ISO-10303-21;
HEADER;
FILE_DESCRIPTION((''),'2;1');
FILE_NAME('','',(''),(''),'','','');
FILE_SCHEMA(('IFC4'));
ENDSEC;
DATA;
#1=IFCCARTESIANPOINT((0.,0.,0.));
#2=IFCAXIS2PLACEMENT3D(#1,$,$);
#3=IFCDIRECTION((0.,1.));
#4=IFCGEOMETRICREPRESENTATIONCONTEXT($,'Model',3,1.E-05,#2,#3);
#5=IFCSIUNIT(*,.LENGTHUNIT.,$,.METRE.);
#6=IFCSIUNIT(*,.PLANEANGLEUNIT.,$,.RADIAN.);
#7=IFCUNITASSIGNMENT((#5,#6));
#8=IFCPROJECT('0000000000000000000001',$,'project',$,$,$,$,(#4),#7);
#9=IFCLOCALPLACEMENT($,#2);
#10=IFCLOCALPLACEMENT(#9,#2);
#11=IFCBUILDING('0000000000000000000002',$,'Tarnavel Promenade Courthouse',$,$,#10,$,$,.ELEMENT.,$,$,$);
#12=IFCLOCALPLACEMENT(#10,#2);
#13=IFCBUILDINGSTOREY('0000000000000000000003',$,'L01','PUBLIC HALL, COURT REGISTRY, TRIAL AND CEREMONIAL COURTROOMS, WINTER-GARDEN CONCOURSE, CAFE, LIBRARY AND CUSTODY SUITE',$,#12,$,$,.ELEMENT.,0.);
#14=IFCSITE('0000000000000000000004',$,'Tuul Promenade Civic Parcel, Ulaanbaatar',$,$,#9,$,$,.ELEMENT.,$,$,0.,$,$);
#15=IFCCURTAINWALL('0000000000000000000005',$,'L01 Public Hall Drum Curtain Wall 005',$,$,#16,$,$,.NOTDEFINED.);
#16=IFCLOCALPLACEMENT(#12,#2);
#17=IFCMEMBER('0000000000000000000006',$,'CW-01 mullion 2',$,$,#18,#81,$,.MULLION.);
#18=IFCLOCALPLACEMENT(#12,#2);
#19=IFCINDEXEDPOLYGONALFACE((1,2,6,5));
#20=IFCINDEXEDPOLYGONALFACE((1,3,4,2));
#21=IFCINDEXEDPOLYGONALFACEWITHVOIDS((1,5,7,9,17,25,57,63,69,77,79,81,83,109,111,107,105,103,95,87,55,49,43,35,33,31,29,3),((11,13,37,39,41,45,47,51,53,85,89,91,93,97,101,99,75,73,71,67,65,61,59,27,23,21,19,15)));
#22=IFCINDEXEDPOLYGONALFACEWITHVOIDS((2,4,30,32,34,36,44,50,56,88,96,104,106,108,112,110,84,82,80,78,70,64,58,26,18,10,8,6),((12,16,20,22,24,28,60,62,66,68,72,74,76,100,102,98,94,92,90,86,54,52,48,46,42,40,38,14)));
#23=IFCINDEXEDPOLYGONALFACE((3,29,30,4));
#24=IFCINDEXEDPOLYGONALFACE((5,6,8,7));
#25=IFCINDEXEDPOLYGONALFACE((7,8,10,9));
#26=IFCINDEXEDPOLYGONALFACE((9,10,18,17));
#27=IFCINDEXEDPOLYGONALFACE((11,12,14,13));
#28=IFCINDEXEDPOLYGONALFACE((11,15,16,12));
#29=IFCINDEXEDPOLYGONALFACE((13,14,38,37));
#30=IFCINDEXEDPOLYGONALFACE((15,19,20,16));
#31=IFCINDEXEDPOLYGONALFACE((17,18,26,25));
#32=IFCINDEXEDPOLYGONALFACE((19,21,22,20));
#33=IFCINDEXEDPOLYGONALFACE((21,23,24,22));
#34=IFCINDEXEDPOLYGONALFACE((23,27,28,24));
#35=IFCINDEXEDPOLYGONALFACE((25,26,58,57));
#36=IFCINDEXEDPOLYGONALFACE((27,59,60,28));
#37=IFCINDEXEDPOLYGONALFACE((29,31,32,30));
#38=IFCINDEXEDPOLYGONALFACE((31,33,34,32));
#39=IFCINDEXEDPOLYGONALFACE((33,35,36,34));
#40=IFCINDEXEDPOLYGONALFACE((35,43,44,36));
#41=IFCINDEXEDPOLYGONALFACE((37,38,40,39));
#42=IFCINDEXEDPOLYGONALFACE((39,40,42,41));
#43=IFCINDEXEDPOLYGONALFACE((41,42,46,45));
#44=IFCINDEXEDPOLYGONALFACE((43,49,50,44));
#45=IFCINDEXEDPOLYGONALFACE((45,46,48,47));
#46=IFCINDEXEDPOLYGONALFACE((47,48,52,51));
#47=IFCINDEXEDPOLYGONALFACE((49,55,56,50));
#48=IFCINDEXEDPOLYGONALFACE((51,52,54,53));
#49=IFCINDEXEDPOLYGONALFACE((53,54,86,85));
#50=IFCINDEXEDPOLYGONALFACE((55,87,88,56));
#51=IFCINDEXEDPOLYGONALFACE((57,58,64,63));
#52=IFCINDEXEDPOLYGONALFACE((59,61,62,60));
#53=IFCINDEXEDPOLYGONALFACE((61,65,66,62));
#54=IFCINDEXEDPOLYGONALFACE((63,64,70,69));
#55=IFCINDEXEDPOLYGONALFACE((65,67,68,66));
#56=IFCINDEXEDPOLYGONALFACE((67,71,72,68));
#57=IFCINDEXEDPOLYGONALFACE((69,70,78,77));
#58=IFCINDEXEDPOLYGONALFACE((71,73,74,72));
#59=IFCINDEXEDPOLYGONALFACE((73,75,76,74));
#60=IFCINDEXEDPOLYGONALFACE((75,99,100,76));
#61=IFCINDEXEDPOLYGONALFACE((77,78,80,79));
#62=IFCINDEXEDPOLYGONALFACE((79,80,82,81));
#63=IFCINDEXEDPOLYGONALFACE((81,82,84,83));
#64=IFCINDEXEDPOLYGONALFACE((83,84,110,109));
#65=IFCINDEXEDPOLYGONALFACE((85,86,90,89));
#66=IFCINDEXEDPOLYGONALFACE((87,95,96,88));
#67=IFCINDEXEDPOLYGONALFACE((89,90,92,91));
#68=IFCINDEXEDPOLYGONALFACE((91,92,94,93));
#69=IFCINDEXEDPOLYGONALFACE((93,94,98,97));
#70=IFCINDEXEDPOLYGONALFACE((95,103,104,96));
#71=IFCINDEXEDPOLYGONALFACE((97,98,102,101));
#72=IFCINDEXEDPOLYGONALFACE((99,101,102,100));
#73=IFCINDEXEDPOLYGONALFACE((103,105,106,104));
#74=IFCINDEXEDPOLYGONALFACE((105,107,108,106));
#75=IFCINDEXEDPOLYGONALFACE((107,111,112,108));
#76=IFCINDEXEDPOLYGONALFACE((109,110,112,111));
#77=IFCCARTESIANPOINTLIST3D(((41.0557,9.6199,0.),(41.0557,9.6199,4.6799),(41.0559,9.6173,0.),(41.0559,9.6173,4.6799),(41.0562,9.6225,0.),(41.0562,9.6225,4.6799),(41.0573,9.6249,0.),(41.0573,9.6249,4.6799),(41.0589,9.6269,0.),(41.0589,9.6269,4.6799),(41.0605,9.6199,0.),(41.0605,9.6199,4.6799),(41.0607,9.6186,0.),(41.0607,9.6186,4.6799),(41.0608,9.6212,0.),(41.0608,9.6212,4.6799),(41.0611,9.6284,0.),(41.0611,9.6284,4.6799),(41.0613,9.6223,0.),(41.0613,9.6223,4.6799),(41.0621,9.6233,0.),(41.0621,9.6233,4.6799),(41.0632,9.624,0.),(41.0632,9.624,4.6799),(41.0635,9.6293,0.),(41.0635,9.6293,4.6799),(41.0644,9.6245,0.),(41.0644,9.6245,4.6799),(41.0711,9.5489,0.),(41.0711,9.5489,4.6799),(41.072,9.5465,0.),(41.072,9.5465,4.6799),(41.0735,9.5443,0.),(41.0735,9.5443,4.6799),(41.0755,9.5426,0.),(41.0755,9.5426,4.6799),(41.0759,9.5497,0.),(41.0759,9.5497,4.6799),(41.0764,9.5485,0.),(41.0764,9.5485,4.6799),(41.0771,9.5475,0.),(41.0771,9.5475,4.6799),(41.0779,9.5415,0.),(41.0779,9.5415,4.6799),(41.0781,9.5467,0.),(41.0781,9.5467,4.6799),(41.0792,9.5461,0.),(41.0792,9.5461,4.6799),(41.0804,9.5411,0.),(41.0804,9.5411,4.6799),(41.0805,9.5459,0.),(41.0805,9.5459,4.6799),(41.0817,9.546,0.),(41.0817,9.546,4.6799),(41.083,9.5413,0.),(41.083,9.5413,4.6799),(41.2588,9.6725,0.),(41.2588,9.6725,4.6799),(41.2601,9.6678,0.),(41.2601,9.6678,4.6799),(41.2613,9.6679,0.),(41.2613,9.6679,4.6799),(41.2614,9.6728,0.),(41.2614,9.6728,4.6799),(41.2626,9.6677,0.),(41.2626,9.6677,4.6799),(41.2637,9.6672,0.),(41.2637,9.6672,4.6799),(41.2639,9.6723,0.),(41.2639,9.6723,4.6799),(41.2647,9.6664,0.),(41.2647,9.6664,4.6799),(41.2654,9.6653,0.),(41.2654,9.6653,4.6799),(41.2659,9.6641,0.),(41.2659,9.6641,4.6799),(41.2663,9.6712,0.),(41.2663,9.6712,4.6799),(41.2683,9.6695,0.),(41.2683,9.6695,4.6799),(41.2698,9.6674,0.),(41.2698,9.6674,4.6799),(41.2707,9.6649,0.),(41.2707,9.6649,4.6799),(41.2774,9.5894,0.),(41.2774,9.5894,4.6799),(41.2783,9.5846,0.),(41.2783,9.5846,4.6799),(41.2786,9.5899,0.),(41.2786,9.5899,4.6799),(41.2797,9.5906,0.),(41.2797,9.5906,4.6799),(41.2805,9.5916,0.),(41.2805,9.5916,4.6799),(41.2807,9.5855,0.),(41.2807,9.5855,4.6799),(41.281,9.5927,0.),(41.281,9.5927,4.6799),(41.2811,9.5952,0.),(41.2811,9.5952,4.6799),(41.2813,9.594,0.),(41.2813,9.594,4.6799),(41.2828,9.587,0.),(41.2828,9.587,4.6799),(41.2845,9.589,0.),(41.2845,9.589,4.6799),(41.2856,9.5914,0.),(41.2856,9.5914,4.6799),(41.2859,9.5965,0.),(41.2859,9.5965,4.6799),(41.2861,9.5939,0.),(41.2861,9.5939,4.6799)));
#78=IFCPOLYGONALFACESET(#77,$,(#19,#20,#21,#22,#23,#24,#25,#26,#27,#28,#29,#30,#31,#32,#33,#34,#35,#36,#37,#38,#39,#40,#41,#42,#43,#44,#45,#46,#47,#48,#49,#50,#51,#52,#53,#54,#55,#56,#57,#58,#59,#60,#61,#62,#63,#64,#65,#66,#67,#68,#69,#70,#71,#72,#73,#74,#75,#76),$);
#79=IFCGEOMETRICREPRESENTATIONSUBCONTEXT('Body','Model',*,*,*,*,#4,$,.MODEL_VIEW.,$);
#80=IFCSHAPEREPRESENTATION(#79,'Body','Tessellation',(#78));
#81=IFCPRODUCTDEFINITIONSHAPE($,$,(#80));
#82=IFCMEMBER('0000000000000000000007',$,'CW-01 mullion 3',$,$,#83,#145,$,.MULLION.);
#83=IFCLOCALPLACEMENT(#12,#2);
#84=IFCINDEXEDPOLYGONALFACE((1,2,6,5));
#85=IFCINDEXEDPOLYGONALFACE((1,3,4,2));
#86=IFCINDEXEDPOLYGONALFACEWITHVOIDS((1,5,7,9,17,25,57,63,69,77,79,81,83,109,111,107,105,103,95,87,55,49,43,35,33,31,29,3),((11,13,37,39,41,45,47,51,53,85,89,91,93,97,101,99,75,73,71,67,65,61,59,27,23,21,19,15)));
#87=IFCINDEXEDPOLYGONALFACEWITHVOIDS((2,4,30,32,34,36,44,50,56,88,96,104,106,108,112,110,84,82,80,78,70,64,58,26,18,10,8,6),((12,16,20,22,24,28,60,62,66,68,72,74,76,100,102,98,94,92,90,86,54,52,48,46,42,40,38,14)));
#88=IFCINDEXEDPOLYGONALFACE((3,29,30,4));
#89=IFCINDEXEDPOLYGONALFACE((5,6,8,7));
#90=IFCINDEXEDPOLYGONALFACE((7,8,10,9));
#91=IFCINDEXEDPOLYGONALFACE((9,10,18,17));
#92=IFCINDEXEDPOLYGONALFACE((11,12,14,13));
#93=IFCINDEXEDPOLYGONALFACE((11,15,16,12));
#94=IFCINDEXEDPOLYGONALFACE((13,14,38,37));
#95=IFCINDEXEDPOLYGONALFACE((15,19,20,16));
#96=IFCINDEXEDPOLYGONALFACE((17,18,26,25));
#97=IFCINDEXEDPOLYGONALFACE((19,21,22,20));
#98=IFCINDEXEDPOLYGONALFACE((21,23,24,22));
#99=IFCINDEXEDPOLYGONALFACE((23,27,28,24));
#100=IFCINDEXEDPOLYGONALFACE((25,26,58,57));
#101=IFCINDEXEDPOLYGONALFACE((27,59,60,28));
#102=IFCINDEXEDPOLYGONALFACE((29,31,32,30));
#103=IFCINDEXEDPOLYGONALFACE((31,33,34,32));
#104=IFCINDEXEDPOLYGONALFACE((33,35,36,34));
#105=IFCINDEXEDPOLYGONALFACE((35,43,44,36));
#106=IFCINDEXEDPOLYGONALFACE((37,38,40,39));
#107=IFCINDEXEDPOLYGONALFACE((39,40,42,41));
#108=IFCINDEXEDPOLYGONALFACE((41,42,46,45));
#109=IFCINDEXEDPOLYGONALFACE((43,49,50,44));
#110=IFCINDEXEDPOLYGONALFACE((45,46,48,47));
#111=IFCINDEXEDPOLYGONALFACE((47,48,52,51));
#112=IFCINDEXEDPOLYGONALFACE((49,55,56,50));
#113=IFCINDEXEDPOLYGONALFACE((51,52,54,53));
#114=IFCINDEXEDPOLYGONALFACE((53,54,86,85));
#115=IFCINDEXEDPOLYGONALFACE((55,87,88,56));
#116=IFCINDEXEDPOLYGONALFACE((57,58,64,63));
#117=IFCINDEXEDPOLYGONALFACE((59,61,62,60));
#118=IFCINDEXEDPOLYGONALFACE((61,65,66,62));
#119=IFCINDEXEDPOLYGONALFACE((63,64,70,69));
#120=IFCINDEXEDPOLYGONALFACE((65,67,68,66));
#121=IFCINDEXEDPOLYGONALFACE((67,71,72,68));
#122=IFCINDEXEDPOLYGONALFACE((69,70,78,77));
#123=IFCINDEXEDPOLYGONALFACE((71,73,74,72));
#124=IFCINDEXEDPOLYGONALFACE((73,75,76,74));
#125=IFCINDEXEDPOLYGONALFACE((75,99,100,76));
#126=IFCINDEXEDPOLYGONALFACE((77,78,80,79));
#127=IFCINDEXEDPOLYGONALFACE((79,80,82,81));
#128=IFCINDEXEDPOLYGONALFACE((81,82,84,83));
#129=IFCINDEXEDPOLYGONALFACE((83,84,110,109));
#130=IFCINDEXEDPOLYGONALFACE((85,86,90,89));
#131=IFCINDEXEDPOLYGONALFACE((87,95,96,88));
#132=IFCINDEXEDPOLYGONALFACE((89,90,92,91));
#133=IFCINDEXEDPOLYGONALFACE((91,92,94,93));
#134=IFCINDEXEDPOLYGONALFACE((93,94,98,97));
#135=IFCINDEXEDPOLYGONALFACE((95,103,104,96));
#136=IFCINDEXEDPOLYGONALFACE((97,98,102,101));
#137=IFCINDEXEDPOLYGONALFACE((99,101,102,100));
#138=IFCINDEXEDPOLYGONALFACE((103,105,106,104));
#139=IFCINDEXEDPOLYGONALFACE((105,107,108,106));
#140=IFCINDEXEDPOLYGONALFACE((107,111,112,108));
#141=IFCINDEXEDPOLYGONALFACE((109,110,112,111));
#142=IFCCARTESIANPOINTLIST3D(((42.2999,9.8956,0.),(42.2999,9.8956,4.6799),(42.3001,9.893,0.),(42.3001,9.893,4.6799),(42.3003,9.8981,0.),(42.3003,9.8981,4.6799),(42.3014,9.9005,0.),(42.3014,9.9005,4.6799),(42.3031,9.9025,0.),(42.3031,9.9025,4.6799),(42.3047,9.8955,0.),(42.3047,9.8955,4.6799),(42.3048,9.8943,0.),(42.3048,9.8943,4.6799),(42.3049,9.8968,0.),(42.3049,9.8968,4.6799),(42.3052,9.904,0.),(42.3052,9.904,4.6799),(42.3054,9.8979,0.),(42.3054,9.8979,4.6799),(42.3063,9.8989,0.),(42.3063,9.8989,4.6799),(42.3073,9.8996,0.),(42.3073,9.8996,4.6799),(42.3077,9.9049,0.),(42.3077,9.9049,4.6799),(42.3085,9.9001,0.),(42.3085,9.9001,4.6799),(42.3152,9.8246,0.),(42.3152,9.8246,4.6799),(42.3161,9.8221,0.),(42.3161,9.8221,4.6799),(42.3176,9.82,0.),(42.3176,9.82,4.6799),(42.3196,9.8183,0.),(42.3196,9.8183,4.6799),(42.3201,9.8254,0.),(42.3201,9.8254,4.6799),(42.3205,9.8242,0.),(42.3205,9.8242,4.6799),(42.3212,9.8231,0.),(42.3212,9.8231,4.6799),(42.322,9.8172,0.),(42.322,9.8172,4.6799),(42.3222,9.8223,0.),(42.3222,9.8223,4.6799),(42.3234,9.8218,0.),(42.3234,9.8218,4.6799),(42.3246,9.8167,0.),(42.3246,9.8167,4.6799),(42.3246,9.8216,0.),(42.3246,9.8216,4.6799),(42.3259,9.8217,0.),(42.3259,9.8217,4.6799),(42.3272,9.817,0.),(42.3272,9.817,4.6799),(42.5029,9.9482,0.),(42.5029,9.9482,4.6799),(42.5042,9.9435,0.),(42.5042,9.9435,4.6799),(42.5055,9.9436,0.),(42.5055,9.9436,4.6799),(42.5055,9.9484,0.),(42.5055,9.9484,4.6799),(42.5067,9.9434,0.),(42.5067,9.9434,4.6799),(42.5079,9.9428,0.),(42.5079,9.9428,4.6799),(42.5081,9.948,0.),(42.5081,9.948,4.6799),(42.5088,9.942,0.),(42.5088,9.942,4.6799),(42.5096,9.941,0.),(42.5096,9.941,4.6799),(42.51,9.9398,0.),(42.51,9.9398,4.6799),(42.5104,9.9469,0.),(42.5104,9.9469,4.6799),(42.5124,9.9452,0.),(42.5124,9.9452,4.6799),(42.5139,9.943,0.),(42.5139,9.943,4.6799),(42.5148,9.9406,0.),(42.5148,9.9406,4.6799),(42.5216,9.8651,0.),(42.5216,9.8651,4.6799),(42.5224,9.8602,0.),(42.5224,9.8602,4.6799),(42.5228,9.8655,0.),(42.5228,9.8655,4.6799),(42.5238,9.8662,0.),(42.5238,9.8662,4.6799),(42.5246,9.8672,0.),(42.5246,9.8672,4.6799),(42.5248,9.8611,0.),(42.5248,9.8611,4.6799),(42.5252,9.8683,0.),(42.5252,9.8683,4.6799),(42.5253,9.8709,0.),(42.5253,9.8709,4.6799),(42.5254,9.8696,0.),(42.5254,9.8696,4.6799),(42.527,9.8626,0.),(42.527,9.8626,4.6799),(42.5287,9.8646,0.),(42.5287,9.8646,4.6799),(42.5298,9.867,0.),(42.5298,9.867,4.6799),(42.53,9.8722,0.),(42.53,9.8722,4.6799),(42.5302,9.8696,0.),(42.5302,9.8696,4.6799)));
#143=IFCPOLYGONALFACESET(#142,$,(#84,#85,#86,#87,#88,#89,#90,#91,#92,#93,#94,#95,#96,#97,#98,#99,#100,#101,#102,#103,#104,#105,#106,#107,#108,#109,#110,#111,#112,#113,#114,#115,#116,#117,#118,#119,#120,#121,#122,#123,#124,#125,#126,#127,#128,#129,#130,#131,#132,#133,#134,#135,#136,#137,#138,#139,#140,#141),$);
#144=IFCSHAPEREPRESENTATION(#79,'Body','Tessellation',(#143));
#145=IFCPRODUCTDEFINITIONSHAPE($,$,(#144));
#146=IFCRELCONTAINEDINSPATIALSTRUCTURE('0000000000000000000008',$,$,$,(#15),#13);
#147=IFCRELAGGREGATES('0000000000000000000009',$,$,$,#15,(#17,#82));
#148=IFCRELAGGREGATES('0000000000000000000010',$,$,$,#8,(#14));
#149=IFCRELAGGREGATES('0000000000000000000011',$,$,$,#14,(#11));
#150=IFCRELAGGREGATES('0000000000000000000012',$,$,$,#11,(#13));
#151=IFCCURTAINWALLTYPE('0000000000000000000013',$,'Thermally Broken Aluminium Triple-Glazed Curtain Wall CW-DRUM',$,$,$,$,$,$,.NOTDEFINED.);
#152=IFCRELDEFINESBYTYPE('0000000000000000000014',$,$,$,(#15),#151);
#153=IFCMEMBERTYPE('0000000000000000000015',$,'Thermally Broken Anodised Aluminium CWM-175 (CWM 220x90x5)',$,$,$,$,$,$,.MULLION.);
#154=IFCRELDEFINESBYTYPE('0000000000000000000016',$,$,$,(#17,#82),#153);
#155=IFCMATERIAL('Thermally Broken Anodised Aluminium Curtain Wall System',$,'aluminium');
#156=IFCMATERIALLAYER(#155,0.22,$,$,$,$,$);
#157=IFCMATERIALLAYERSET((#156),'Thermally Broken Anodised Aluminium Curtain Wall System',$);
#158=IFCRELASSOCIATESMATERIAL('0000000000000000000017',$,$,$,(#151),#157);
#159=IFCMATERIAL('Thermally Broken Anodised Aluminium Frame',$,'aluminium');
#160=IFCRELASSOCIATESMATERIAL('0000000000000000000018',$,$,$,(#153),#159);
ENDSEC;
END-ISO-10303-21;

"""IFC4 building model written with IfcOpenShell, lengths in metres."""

from ifc_helpers import new_model, si_unit, direction, frame, origin, origin_2d, place, context, subcontext, project, spatial, hollow_rectangle, extrude, material, layer, layer_set, material_profile, profile_set, type_object, element, aggregate, save


model = new_model("IFC4")

# Units and contexts
model_context = context("Model", 3, precision=1e-05, world=origin(), true_north=direction((0.0, 1.0)))
body_context = subcontext(model_context, "Body", "Model", "MODEL_VIEW")
ifc_project = project(units=[si_unit("LENGTHUNIT", "METRE"), si_unit("PLANEANGLEUNIT", "RADIAN")], contexts=[model_context])

# Site, building, storey
site_placement = place(None, origin())
site = spatial("IfcSite", under=ifc_project, at=site_placement, Name="Tuul Promenade Civic Parcel, Ulaanbaatar", CompositionType="ELEMENT", RefElevation=0.0)
building_placement = place(site_placement, origin())
building = spatial("IfcBuilding", under=site, at=building_placement, Name="Tarnavel Promenade Courthouse", CompositionType="ELEMENT")
storey_placement = place(building_placement, origin())
storey = spatial("IfcBuildingStorey", under=building, at=storey_placement, Name="L01", Description="PUBLIC HALL, COURT REGISTRY, TRIAL AND CEREMONIAL COURTROOMS, WINTER-GARDEN CONCOURSE, CAFE, LIBRARY AND CUSTODY SUITE", CompositionType="ELEMENT", Elevation=0.0)

# Curtain wall, members
ifc_material_1 = material(Name="Thermally Broken Anodised Aluminium Curtain Wall System", Category="aluminium")
ifc_layer_1 = layer(ifc_material_1, 0.22)
ifc_layer_set_1 = layer_set([ifc_layer_1], Name="Thermally Broken Anodised Aluminium Curtain Wall System")
curtain_wall_type = type_object("IfcCurtainWallType", Name="Thermally Broken Aluminium Triple-Glazed Curtain Wall CW-DRUM", PredefinedType="NOTDEFINED", material=ifc_layer_set_1)
curtain_wall_1_placement = place(storey_placement, origin())
curtain_wall_1 = element("IfcCurtainWall", 1, at=curtain_wall_1_placement, inside=storey, type_object=curtain_wall_type, Name="L01 Public Hall Drum Curtain Wall 005", PredefinedType="NOTDEFINED")
ifc_material_2 = material(Name="Thermally Broken Anodised Aluminium Frame", Category="aluminium")
ifc_material_profile_1 = material_profile(ifc_material_2, hollow_rectangle(XDim=0.0901, YDim=0.22, WallThickness=0.0049, InnerFilletRadius=0.0049, OuterFilletRadius=0.01, at=origin_2d()), Name="CWM 220x90x5")
ifc_profile_set_1 = profile_set([ifc_material_profile_1], Name="Thermally Broken Anodised Aluminium Frame")
member_type_1 = type_object("IfcMemberType", Name="Thermally Broken Anodised Aluminium CWM-175 (CWM 220x90x5)", PredefinedType="MULLION", material=ifc_profile_set_1)
member_1_placement = place(storey_placement, frame((41.1709, 9.6069, 0.0), z_axis=(0.0, 0.0, 1.0), x_axis=(-0.216441, 0.976296, 0.0)))
member_1 = element("IfcMember", 2, at=member_1_placement, type_object=member_type_1, Name="CW-01 mullion 2", PredefinedType="MULLION", context=body_context, shape_type="SweptSolid", body=[
    extrude(hollow_rectangle(XDim=0.0901, YDim=0.22, WallThickness=0.0049, InnerFilletRadius=0.0049, OuterFilletRadius=0.01, at=origin_2d()), origin(), (0.0, 0.0, 1.0), 4.6799),
])
member_2_placement = place(storey_placement, frame((42.415, 9.8826, 0.0), z_axis=(0.0, 0.0, 1.0), x_axis=(-0.216441, 0.976296, 0.0)))
member_2 = element("IfcMember", 3, at=member_2_placement, type_object=member_type_1, Name="CW-01 mullion 3", PredefinedType="MULLION", context=body_context, shape_type="SweptSolid", body=[
    extrude(hollow_rectangle(XDim=0.0901, YDim=0.22, WallThickness=0.0049, InnerFilletRadius=0.0049, OuterFilletRadius=0.01, at=origin_2d()), origin(), (0.0, 0.0, 1.0), 4.6799),
])

aggregate(curtain_wall_1, [member_1, member_2])

save(model, "model.ifc")
